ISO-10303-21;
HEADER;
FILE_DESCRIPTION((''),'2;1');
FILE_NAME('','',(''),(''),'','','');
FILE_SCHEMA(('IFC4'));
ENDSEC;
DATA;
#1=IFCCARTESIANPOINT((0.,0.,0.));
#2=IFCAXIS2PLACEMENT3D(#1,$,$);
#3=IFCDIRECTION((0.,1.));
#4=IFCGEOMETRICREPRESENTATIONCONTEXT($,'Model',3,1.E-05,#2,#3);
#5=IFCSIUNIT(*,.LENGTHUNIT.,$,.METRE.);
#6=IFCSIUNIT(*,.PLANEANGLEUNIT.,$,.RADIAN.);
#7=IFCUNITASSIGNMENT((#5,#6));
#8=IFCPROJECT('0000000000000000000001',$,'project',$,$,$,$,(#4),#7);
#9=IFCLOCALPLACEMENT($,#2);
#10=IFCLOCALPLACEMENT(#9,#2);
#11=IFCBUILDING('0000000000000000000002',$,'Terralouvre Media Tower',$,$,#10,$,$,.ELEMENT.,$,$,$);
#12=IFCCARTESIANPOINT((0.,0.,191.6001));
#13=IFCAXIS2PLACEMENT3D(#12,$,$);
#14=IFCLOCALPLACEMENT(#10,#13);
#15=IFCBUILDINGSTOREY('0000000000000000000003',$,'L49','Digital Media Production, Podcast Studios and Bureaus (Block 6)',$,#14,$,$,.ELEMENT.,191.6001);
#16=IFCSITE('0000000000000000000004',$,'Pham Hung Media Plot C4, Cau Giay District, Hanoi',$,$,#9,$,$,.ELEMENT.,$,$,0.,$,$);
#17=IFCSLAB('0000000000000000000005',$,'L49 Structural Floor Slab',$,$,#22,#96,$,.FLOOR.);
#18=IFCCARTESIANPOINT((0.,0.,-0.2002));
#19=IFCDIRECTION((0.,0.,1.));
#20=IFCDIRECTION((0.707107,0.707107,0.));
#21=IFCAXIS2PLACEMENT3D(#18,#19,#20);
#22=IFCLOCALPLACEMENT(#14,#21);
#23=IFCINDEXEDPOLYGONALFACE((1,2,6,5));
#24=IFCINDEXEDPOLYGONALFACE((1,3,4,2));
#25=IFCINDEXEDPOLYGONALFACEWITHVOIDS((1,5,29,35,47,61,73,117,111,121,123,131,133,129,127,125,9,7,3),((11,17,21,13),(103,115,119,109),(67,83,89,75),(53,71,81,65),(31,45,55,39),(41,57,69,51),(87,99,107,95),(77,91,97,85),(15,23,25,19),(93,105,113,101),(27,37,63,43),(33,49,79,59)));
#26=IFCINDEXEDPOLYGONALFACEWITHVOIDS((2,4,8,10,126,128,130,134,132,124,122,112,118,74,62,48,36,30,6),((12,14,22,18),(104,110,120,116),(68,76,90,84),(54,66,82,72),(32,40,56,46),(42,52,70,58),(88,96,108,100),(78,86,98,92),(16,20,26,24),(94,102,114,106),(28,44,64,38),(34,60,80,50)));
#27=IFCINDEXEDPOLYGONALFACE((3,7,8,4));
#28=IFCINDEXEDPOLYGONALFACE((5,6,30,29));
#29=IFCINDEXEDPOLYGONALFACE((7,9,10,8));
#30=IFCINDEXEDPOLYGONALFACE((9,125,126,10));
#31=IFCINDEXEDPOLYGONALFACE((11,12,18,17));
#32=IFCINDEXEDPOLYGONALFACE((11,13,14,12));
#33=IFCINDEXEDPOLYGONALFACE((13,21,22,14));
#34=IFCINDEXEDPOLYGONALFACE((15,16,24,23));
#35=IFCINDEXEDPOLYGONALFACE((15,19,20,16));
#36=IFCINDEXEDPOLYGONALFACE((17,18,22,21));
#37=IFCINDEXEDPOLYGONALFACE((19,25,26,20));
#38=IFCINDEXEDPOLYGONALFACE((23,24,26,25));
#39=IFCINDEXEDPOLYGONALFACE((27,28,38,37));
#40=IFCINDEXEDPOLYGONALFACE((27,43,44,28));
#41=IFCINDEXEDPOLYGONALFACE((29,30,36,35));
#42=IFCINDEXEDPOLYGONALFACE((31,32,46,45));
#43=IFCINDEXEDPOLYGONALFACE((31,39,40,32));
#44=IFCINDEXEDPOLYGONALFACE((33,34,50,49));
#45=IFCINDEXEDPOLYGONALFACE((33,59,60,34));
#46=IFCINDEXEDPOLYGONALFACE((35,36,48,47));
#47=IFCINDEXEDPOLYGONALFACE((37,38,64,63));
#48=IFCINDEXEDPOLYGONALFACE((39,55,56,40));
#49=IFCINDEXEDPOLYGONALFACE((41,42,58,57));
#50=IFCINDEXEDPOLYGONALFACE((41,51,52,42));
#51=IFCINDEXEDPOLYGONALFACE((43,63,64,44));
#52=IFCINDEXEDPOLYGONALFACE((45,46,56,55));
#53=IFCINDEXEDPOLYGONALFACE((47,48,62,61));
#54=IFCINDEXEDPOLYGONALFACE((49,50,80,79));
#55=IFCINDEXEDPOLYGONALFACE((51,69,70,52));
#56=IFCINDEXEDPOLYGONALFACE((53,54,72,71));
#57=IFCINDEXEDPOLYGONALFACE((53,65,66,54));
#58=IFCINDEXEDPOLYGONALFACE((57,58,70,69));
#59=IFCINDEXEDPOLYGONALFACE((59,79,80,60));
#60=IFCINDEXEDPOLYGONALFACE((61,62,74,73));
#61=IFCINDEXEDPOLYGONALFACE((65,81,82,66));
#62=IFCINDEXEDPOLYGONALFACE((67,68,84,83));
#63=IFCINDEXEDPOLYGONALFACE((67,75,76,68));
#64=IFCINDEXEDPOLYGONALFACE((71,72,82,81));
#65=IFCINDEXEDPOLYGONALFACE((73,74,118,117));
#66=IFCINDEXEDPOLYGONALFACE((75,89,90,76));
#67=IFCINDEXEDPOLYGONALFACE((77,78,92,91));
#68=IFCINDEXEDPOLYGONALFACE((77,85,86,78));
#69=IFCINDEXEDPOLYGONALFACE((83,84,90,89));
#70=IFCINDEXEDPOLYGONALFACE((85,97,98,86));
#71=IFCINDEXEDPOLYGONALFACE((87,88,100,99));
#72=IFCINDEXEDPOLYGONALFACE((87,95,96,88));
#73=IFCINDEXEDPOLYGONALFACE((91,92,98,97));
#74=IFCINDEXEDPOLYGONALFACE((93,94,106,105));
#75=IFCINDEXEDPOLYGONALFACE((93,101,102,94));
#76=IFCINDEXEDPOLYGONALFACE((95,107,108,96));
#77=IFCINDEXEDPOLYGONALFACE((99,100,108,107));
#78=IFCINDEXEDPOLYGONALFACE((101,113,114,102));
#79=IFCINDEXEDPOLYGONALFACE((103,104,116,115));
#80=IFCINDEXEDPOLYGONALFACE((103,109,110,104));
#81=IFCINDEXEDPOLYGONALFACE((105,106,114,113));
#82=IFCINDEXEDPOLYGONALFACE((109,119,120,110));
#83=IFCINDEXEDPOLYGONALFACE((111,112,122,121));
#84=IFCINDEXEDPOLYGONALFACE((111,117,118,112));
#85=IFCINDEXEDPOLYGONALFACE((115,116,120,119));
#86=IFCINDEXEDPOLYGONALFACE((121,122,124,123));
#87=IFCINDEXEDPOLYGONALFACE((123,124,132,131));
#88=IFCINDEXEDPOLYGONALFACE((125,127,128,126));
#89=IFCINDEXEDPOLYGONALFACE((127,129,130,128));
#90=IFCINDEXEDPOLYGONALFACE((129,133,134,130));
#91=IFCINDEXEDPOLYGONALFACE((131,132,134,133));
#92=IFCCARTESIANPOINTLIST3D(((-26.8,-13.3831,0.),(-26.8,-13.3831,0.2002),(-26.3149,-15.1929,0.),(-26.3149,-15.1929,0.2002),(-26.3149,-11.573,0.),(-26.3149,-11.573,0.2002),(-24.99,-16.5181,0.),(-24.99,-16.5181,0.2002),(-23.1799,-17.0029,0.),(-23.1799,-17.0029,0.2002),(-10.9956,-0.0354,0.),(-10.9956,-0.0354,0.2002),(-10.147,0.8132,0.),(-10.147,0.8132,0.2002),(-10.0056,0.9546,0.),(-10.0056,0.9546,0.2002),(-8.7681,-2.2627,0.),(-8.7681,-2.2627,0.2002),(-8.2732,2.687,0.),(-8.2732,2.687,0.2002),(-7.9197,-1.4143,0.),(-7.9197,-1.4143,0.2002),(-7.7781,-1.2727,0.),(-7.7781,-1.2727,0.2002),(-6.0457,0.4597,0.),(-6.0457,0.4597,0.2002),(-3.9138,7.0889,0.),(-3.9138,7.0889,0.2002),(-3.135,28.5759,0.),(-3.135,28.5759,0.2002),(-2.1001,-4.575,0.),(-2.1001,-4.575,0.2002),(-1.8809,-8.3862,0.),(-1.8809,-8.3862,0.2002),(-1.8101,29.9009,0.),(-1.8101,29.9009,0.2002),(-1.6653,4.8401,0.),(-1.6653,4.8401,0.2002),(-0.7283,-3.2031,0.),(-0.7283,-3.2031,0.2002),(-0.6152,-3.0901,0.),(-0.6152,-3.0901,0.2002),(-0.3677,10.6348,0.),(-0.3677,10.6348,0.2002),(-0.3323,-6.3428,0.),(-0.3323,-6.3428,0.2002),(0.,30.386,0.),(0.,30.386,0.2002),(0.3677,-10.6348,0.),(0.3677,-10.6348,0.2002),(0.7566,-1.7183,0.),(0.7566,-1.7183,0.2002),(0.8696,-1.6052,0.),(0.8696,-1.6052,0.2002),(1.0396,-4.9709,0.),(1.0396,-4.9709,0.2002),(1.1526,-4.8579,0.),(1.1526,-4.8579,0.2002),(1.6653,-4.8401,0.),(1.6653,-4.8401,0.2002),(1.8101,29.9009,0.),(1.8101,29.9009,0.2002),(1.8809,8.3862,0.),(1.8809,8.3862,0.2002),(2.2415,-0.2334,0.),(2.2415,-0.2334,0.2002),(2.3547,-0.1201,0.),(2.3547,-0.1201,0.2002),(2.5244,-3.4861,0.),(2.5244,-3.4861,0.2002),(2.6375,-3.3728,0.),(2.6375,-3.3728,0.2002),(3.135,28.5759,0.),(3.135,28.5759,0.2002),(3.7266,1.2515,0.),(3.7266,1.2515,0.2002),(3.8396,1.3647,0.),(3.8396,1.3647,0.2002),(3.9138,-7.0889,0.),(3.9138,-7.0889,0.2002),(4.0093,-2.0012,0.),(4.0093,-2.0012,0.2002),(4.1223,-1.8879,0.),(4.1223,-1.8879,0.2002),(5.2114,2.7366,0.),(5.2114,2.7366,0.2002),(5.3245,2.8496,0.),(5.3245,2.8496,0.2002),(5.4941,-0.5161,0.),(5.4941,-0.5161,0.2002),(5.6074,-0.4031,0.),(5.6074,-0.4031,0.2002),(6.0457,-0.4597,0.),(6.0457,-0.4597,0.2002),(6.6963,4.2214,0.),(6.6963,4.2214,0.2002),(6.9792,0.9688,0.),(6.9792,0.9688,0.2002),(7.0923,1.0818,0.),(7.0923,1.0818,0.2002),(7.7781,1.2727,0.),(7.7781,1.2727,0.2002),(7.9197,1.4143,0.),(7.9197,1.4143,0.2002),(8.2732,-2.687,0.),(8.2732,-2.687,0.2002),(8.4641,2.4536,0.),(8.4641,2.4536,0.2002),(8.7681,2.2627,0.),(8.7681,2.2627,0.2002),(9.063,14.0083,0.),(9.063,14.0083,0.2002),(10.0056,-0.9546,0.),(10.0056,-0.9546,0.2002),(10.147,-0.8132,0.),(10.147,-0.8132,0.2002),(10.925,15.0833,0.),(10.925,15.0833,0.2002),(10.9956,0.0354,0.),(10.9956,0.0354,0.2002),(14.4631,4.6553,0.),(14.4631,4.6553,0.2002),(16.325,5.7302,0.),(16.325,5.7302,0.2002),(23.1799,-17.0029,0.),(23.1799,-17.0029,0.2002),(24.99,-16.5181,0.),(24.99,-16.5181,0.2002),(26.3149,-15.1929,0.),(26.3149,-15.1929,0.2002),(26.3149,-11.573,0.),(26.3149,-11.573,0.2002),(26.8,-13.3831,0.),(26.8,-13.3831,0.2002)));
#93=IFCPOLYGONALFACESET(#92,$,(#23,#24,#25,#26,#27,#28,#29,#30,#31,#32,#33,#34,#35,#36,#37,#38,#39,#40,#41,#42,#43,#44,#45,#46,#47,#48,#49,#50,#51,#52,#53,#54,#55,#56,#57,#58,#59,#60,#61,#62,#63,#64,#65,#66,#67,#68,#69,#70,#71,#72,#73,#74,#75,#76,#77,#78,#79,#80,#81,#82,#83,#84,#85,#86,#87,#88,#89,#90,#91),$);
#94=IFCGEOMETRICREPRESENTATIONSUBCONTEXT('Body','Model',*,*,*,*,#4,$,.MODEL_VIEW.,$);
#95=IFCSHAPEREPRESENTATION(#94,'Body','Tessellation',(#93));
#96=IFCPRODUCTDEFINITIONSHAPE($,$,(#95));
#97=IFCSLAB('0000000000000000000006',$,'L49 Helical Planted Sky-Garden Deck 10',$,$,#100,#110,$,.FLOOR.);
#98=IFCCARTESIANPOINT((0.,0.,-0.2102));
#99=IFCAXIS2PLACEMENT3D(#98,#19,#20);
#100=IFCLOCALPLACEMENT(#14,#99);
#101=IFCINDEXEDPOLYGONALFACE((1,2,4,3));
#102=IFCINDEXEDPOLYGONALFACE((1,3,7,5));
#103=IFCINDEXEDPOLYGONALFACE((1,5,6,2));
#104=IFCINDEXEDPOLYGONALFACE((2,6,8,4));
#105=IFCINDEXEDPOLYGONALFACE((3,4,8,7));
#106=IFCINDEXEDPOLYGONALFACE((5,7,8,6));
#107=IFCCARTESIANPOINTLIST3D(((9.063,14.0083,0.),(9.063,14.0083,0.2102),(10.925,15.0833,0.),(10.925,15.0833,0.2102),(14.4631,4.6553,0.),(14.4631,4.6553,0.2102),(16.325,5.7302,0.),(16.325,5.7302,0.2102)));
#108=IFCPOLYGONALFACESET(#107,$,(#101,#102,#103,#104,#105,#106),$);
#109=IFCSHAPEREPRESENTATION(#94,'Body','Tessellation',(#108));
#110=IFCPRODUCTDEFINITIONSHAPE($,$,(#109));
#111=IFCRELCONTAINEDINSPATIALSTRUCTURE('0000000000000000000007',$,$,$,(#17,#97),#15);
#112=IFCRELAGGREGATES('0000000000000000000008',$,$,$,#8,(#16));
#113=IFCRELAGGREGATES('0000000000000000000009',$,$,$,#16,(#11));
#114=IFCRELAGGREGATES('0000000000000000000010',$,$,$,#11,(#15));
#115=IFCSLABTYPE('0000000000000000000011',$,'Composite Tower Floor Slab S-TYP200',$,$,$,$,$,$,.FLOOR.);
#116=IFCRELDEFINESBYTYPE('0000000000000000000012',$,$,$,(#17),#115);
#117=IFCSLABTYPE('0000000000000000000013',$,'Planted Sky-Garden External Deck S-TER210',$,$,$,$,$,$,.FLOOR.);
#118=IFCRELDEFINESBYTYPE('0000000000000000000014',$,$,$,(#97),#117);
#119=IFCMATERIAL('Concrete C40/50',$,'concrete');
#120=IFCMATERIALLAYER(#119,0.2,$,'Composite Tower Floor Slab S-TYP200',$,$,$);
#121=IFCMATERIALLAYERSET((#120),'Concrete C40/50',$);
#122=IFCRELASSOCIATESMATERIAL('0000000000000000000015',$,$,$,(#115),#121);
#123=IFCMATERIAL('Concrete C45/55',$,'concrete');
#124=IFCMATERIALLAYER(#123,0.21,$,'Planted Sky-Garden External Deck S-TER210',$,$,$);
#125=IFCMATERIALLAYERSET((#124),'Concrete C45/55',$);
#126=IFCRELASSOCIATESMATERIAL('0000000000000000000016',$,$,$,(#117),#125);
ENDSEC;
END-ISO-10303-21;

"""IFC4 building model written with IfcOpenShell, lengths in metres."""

from ifc_helpers import new_model, si_unit, direction, frame, origin, place, context, subcontext, project, spatial, polyline, outline, extrude, material, layer, layer_set, type_object, element, save


model = new_model("IFC4")

# Units and contexts
model_context = context("Model", 3, precision=1e-05, world=origin(), true_north=direction((0.0, 1.0)))
body_context = subcontext(model_context, "Body", "Model", "MODEL_VIEW")
ifc_project = project(units=[si_unit("LENGTHUNIT", "METRE"), si_unit("PLANEANGLEUNIT", "RADIAN")], contexts=[model_context])

# Site, building, storey
site_placement = place(None, origin())
site = spatial("IfcSite", under=ifc_project, at=site_placement, Name="Pham Hung Media Plot C4, Cau Giay District, Hanoi", CompositionType="ELEMENT", RefElevation=0.0)
building_placement = place(site_placement, origin())
building = spatial("IfcBuilding", under=site, at=building_placement, Name="Terralouvre Media Tower", CompositionType="ELEMENT")
storey_placement = place(building_placement, frame((0.0, 0.0, 191.6001)))
storey = spatial("IfcBuildingStorey", under=building, at=storey_placement, Name="L49", Description="Digital Media Production, Podcast Studios and Bureaus (Block 6)", CompositionType="ELEMENT", Elevation=191.6001)

# Slabs
ifc_material_1 = material(Name="Concrete C40/50", Category="concrete")
ifc_layer_1 = layer(ifc_material_1, 0.2, Name="Composite Tower Floor Slab S-TYP200")
ifc_layer_set_1 = layer_set([ifc_layer_1], Name="Concrete C40/50")
slab_type_1 = type_object("IfcSlabType", Name="Composite Tower Floor Slab S-TYP200", PredefinedType="FLOOR", material=ifc_layer_set_1)
slab_1_placement = place(storey_placement, frame((0.0, 0.0, -0.2002), z_axis=(0.0, 0.0, 1.0), x_axis=(0.707107, 0.707107, 0.0)))
element("IfcSlab", 1, at=slab_1_placement, inside=storey, type_object=slab_type_1, Name="L49 Structural Floor Slab", PredefinedType="FLOOR", context=body_context, shape_type="SweptSolid", body=[
    extrude(outline(polyline([(26.3149, -11.573), (16.325, 5.7302), (14.4631, 4.6553), (9.063, 14.0083), (10.925, 15.0833), (3.135, 28.5759), (1.8101, 29.9009), (0.0, 30.386), (-1.8101, 29.9009), (-3.135, 28.5759), (-26.3149, -11.573), (-26.8, -13.3831), (-26.3149, -15.1929), (-24.99, -16.5181), (-23.1799, -17.0029), (23.1799, -17.0029), (24.99, -16.5181), (26.3149, -15.1929), (26.8, -13.3831), (26.3149, -11.573)]), holes=[polyline([(-7.9197, -1.4143), (-8.7681, -2.2627), (-10.9956, -0.0354), (-10.147, 0.8132), (-7.9197, -1.4143)]), polyline([(-7.7781, -1.2727), (-10.0056, 0.9546), (-8.2732, 2.687), (-6.0457, 0.4597), (-7.7781, -1.2727)]), polyline([(4.1223, -1.8879), (2.3547, -0.1201), (3.7266, 1.2515), (5.4941, -0.5161), (4.1223, -1.8879)]), polyline([(6.9792, 0.9688), (5.6074, -0.4031), (3.8396, 1.3647), (5.2114, 2.7366), (6.9792, 0.9688)]), polyline([(-1.6653, 4.8401), (-3.9138, 7.0889), (-0.3677, 10.6348), (1.8809, 8.3862), (-1.6653, 4.8401)]), polyline([(7.0923, 1.0818), (5.3245, 2.8496), (6.6963, 4.2214), (8.4641, 2.4536), (7.0923, 1.0818)]), polyline([(-1.8809, -8.3862), (1.6653, -4.8401), (3.9138, -7.0889), (0.3677, -10.6348), (-1.8809, -8.3862)]), polyline([(-0.3323, -6.3428), (-2.1001, -4.575), (-0.7283, -3.2031), (1.0396, -4.9709), (-0.3323, -6.3428)]), polyline([(1.1526, -4.8579), (-0.6152, -3.0901), (0.7566, -1.7183), (2.5244, -3.4861), (1.1526, -4.8579)]), polyline([(4.0093, -2.0012), (2.6375, -3.3728), (0.8696, -1.6052), (2.2415, -0.2334), (4.0093, -2.0012)]), polyline([(8.2732, -2.687), (6.0457, -0.4597), (7.7781, 1.2727), (10.0056, -0.9546), (8.2732, -2.687)]), polyline([(10.147, -0.8132), (7.9197, 1.4143), (8.7681, 2.2627), (10.9956, 0.0354), (10.147, -0.8132)])]), origin(), (0.0, 0.0, 1.0), 0.2002),
])
ifc_material_2 = material(Name="Concrete C45/55", Category="concrete")
ifc_layer_2 = layer(ifc_material_2, 0.21, Name="Planted Sky-Garden External Deck S-TER210")
ifc_layer_set_2 = layer_set([ifc_layer_2], Name="Concrete C45/55")
slab_type_2 = type_object("IfcSlabType", Name="Planted Sky-Garden External Deck S-TER210", PredefinedType="FLOOR", material=ifc_layer_set_2)
slab_2_placement = place(storey_placement, frame((0.0, 0.0, -0.2102), z_axis=(0.0, 0.0, 1.0), x_axis=(0.707107, 0.707107, 0.0)))
element("IfcSlab", 2, at=slab_2_placement, inside=storey, type_object=slab_type_2, Name="L49 Helical Planted Sky-Garden Deck 10", PredefinedType="FLOOR", context=body_context, shape_type="SweptSolid", body=[
    extrude(outline(polyline([(16.325, 5.7302), (10.925, 15.0833), (9.063, 14.0083), (14.4631, 4.6553), (16.325, 5.7302)])), origin(), (0.0, 0.0, 1.0), 0.2102),
])

save(model, "model.ifc")
